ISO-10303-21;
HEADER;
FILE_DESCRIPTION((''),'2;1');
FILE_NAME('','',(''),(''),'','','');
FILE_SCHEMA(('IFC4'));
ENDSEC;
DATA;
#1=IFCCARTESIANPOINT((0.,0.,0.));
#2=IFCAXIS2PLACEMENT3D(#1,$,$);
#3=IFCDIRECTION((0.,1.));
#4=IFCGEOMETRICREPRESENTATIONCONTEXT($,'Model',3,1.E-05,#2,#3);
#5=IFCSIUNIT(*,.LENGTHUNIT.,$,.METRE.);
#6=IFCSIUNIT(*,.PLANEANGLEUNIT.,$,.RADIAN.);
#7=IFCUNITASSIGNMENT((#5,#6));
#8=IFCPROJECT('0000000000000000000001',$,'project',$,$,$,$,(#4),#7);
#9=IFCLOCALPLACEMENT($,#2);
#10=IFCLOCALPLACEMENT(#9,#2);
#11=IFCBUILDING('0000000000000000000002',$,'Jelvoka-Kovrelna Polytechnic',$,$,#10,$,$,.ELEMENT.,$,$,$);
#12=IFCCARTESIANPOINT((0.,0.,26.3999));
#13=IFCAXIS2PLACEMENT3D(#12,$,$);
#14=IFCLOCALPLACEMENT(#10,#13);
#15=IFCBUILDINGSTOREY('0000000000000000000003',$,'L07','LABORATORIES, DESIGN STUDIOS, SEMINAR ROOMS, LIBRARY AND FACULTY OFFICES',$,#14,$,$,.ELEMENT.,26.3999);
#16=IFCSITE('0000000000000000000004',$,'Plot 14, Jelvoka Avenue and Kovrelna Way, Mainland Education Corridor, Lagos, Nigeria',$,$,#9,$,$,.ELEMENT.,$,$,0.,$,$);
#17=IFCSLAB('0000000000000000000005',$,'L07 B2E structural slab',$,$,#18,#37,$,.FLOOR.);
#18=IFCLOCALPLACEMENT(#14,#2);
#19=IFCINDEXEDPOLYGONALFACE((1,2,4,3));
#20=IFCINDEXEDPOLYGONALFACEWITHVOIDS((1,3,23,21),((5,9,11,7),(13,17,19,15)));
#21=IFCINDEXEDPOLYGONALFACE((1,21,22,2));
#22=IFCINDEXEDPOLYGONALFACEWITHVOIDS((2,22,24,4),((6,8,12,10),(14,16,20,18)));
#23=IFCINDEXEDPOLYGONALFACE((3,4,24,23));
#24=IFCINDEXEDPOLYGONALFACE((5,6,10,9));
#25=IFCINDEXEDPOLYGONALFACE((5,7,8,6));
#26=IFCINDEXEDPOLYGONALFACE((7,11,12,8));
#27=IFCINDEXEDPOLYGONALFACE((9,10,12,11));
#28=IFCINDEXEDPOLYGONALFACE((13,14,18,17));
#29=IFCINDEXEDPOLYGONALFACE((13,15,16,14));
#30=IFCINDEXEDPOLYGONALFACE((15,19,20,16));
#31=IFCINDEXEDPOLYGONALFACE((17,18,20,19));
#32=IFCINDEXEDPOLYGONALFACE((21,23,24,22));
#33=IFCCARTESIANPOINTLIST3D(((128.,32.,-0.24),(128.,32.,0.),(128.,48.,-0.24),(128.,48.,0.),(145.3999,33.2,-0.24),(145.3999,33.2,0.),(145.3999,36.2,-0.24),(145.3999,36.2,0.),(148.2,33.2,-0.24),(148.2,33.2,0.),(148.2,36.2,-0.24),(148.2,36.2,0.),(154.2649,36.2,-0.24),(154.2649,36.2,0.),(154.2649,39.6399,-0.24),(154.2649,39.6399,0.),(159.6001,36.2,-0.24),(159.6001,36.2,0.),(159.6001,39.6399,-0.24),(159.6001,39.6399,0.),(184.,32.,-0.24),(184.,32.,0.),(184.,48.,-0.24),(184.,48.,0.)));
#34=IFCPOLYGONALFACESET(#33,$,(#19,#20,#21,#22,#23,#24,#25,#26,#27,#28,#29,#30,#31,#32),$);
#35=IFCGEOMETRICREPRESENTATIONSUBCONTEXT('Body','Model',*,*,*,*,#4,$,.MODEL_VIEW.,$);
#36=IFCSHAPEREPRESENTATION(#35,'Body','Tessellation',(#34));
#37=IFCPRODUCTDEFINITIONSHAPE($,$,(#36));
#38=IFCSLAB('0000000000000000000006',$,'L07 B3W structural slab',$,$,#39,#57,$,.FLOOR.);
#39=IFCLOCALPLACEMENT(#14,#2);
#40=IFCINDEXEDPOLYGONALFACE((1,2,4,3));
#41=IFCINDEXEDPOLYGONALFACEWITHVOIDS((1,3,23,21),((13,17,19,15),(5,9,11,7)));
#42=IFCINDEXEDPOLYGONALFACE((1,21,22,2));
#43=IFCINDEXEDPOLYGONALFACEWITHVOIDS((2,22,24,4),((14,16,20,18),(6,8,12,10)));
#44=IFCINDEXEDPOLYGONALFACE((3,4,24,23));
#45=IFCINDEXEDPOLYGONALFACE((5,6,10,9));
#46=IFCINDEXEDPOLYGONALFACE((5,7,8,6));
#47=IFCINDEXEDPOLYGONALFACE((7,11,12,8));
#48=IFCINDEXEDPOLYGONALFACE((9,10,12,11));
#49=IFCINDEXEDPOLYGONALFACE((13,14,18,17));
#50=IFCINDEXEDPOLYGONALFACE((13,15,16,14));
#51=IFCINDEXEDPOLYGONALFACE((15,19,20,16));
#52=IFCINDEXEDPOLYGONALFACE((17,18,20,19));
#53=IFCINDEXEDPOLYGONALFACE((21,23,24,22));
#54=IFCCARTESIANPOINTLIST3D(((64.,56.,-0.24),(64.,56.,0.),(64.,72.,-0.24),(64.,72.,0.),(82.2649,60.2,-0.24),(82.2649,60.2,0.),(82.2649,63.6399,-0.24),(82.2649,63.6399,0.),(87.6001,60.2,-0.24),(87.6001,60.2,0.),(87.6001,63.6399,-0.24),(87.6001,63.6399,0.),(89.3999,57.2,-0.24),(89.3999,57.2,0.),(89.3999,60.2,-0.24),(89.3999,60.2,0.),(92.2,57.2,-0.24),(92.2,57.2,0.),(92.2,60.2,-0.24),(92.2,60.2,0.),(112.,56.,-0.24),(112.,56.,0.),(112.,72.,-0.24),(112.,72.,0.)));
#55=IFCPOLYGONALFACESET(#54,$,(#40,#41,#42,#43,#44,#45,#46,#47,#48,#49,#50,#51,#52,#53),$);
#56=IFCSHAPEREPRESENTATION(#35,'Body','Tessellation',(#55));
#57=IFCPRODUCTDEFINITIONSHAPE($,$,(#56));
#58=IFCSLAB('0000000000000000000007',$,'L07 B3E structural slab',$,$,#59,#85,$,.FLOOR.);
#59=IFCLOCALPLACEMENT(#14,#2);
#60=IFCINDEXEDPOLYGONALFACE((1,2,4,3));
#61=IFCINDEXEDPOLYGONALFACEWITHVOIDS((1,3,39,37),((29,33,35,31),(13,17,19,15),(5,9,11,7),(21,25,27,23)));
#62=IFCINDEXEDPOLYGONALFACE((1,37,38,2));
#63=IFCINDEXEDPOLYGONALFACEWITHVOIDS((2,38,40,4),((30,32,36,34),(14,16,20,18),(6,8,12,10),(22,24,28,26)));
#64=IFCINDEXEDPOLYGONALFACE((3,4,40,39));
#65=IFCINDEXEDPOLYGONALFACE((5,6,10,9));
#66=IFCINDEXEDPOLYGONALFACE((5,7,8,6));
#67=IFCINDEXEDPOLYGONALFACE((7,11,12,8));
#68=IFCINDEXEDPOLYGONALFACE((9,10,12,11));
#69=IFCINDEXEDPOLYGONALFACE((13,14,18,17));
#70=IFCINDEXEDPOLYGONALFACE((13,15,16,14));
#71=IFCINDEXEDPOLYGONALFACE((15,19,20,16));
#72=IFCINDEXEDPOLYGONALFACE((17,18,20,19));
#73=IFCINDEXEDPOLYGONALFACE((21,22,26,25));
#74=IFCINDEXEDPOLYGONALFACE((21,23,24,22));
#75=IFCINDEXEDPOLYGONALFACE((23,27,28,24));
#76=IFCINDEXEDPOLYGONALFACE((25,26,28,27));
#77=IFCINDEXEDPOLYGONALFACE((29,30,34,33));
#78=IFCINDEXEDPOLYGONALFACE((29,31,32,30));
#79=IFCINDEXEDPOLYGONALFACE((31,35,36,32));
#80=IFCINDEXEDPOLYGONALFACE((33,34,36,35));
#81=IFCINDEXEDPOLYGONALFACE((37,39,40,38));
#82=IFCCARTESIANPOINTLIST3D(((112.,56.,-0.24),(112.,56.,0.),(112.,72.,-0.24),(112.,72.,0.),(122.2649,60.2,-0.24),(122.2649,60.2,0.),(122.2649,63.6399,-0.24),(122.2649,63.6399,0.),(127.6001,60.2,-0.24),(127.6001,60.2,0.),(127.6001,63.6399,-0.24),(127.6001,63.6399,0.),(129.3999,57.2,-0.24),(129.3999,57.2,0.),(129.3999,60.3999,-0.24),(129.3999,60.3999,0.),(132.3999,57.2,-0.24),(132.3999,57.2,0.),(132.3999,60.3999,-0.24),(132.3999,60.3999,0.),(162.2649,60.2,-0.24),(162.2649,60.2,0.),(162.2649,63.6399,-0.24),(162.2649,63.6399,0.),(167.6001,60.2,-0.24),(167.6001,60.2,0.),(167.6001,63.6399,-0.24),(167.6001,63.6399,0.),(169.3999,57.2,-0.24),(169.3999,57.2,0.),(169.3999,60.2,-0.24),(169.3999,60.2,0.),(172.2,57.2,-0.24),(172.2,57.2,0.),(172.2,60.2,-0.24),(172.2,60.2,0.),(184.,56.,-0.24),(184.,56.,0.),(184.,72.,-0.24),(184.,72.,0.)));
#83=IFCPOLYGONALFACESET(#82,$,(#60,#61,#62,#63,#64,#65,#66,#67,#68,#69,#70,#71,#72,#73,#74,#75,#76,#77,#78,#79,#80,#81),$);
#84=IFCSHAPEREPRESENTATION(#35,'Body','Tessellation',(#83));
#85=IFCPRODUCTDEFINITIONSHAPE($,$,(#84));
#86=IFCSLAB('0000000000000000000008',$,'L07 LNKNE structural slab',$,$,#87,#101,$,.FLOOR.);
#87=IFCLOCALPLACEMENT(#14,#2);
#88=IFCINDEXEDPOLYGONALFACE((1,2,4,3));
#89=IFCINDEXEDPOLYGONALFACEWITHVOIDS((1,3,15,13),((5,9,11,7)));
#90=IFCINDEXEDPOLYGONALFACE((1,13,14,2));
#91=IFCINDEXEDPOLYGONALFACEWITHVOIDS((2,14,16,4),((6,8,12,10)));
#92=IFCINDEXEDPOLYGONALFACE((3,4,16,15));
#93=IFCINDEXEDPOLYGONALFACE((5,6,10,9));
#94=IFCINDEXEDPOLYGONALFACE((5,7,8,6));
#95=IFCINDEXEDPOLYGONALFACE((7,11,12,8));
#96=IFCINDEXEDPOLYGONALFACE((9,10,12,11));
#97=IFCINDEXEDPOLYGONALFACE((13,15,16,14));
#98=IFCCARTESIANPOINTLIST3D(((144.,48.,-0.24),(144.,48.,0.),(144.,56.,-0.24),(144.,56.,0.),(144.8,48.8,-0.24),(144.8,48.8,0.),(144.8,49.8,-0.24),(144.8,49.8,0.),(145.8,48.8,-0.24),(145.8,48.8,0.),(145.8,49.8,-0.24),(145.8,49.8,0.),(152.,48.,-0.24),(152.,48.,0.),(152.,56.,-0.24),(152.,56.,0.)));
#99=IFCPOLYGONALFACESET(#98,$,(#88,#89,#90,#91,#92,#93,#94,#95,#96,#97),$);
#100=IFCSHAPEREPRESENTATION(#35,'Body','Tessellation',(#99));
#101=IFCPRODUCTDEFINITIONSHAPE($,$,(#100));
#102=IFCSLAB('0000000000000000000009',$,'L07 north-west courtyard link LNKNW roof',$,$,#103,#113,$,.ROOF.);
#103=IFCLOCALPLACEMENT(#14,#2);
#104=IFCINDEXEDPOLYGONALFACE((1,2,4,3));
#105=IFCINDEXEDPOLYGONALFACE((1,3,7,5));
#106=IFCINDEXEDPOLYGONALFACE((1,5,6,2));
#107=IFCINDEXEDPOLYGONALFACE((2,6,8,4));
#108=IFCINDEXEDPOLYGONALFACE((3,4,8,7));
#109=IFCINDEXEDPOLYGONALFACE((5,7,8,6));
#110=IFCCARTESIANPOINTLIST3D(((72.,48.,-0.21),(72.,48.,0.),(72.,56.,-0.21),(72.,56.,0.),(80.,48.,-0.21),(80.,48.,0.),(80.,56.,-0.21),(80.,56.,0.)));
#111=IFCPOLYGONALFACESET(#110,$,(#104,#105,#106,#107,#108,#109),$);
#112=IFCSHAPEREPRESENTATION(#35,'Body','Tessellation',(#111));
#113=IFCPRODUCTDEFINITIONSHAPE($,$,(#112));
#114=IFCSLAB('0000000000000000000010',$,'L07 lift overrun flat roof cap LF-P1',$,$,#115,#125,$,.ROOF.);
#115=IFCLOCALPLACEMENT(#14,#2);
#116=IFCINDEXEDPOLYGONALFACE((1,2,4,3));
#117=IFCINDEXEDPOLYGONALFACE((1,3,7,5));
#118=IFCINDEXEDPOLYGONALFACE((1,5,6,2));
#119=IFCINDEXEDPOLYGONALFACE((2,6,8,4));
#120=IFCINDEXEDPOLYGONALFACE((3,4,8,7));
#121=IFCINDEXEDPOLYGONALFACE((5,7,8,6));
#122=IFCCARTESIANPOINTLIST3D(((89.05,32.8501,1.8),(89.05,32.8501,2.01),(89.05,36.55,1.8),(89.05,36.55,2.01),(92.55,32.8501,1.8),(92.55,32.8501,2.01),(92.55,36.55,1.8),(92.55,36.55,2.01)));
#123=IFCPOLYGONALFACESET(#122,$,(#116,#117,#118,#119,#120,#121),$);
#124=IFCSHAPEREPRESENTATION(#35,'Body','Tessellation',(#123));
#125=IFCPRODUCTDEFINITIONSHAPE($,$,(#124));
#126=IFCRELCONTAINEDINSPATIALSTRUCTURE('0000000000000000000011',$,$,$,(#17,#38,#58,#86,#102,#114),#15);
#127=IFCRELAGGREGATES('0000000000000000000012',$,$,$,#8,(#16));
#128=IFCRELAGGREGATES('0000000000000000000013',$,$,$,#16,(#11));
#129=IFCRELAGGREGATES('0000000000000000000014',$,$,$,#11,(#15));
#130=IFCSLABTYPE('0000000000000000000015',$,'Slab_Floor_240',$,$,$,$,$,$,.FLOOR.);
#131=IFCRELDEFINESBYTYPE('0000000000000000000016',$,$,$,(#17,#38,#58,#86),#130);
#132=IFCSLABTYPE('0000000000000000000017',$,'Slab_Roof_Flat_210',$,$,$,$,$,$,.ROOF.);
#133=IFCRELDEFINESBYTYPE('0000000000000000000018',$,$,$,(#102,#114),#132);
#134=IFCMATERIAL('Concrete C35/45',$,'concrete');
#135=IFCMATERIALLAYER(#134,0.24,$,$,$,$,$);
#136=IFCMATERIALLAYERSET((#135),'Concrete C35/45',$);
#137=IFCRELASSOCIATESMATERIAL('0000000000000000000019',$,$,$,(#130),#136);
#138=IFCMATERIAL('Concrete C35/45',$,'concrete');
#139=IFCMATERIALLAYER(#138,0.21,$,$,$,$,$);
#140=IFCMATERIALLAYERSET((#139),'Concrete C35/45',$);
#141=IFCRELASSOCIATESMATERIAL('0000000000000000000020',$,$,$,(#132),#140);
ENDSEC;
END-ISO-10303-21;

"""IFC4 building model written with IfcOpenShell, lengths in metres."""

from ifc_helpers import new_model, si_unit, direction, frame, origin, place, context, subcontext, project, spatial, polyline, outline, extrude, material, layer, layer_set, type_object, element, save


model = new_model("IFC4")

# Units and contexts
model_context = context("Model", 3, precision=1e-05, world=origin(), true_north=direction((0.0, 1.0)))
body_context = subcontext(model_context, "Body", "Model", "MODEL_VIEW")
ifc_project = project(units=[si_unit("LENGTHUNIT", "METRE"), si_unit("PLANEANGLEUNIT", "RADIAN")], contexts=[model_context])

# Site, building, storey
site_placement = place(None, origin())
site = spatial("IfcSite", under=ifc_project, at=site_placement, Name="Plot 14, Jelvoka Avenue and Kovrelna Way, Mainland Education Corridor, Lagos, Nigeria", CompositionType="ELEMENT", RefElevation=0.0)
building_placement = place(site_placement, origin())
building = spatial("IfcBuilding", under=site, at=building_placement, Name="Jelvoka-Kovrelna Polytechnic", CompositionType="ELEMENT")
storey_placement = place(building_placement, frame((0.0, 0.0, 26.3999)))
storey = spatial("IfcBuildingStorey", under=building, at=storey_placement, Name="L07", Description="LABORATORIES, DESIGN STUDIOS, SEMINAR ROOMS, LIBRARY AND FACULTY OFFICES", CompositionType="ELEMENT", Elevation=26.3999)

# Slabs
ifc_material_1 = material(Name="Concrete C35/45", Category="concrete")
ifc_layer_1 = layer(ifc_material_1, 0.24)
ifc_layer_set_1 = layer_set([ifc_layer_1], Name="Concrete C35/45")
slab_type_1 = type_object("IfcSlabType", Name="Slab_Floor_240", PredefinedType="FLOOR", material=ifc_layer_set_1)
slab_1_placement = place(storey_placement, frame((0.0, 0.0, -0.24)))
element("IfcSlab", 1, at=slab_1_placement, inside=storey, type_object=slab_type_1, Name="L07 B2E structural slab", PredefinedType="FLOOR", context=body_context, shape_type="SweptSolid", body=[
    extrude(outline(polyline([(128.0, 32.0), (184.0, 32.0), (184.0, 48.0), (128.0, 48.0), (128.0, 32.0)]), holes=[polyline([(145.3999, 33.2), (148.2, 33.2), (148.2, 36.2), (145.3999, 36.2), (145.3999, 33.2)]), polyline([(154.2649, 36.2), (159.6001, 36.2), (159.6001, 39.6399), (154.2649, 39.6399), (154.2649, 36.2)])]), origin(), (0.0, 0.0, 1.0), 0.24),
])
slab_2_placement = place(storey_placement, frame((0.0, 0.0, -0.24)))
element("IfcSlab", 2, at=slab_2_placement, inside=storey, type_object=slab_type_1, Name="L07 B3W structural slab", PredefinedType="FLOOR", context=body_context, shape_type="SweptSolid", body=[
    extrude(outline(polyline([(64.0, 56.0), (112.0, 56.0), (112.0, 72.0), (64.0, 72.0), (64.0, 56.0)]), holes=[polyline([(89.3999, 57.2), (92.2, 57.2), (92.2, 60.2), (89.3999, 60.2), (89.3999, 57.2)]), polyline([(82.2649, 60.2), (87.6001, 60.2), (87.6001, 63.6399), (82.2649, 63.6399), (82.2649, 60.2)])]), origin(), (0.0, 0.0, 1.0), 0.24),
])
slab_3_placement = place(storey_placement, frame((0.0, 0.0, -0.24)))
element("IfcSlab", 3, at=slab_3_placement, inside=storey, type_object=slab_type_1, Name="L07 B3E structural slab", PredefinedType="FLOOR", context=body_context, shape_type="SweptSolid", body=[
    extrude(outline(polyline([(112.0, 56.0), (184.0, 56.0), (184.0, 72.0), (112.0, 72.0), (112.0, 56.0)]), holes=[polyline([(169.3999, 57.2), (172.2, 57.2), (172.2, 60.2), (169.3999, 60.2), (169.3999, 57.2)]), polyline([(129.3999, 57.2), (132.3999, 57.2), (132.3999, 60.3999), (129.3999, 60.3999), (129.3999, 57.2)]), polyline([(162.2649, 60.2), (167.6001, 60.2), (167.6001, 63.6399), (162.2649, 63.6399), (162.2649, 60.2)]), polyline([(122.2649, 60.2), (127.6001, 60.2), (127.6001, 63.6399), (122.2649, 63.6399), (122.2649, 60.2)])]), origin(), (0.0, 0.0, 1.0), 0.24),
])
slab_4_placement = place(storey_placement, frame((0.0, 0.0, -0.24)))
element("IfcSlab", 4, at=slab_4_placement, inside=storey, type_object=slab_type_1, Name="L07 LNKNE structural slab", PredefinedType="FLOOR", context=body_context, shape_type="SweptSolid", body=[
    extrude(outline(polyline([(144.0, 48.0), (152.0, 48.0), (152.0, 56.0), (144.0, 56.0), (144.0, 48.0)]), holes=[polyline([(144.8, 48.8), (145.8, 48.8), (145.8, 49.8), (144.8, 49.8), (144.8, 48.8)])]), origin(), (0.0, 0.0, 1.0), 0.24),
])
ifc_material_2 = material(Name="Concrete C35/45", Category="concrete")
ifc_layer_2 = layer(ifc_material_2, 0.21)
ifc_layer_set_2 = layer_set([ifc_layer_2], Name="Concrete C35/45")
slab_type_2 = type_object("IfcSlabType", Name="Slab_Roof_Flat_210", PredefinedType="ROOF", material=ifc_layer_set_2)
slab_5_placement = place(storey_placement, frame((0.0, 0.0, -0.21)))
element("IfcSlab", 5, at=slab_5_placement, inside=storey, type_object=slab_type_2, Name="L07 north-west courtyard link LNKNW roof", PredefinedType="ROOF", context=body_context, shape_type="SweptSolid", body=[
    extrude(outline(polyline([(72.0, 48.0), (80.0, 48.0), (80.0, 56.0), (72.0, 56.0), (72.0, 48.0)])), origin(), (0.0, 0.0, 1.0), 0.21),
])
slab_6_placement = place(storey_placement, frame((0.0, 0.0, 1.8)))
element("IfcSlab", 6, at=slab_6_placement, inside=storey, type_object=slab_type_2, Name="L07 lift overrun flat roof cap LF-P1", PredefinedType="ROOF", context=body_context, shape_type="SweptSolid", body=[
    extrude(outline(polyline([(89.05, 32.8501), (92.55, 32.8501), (92.55, 36.55), (89.05, 36.55), (89.05, 32.8501)])), origin(), (0.0, 0.0, 1.0), 0.21),
])

save(model, "model.ifc")
